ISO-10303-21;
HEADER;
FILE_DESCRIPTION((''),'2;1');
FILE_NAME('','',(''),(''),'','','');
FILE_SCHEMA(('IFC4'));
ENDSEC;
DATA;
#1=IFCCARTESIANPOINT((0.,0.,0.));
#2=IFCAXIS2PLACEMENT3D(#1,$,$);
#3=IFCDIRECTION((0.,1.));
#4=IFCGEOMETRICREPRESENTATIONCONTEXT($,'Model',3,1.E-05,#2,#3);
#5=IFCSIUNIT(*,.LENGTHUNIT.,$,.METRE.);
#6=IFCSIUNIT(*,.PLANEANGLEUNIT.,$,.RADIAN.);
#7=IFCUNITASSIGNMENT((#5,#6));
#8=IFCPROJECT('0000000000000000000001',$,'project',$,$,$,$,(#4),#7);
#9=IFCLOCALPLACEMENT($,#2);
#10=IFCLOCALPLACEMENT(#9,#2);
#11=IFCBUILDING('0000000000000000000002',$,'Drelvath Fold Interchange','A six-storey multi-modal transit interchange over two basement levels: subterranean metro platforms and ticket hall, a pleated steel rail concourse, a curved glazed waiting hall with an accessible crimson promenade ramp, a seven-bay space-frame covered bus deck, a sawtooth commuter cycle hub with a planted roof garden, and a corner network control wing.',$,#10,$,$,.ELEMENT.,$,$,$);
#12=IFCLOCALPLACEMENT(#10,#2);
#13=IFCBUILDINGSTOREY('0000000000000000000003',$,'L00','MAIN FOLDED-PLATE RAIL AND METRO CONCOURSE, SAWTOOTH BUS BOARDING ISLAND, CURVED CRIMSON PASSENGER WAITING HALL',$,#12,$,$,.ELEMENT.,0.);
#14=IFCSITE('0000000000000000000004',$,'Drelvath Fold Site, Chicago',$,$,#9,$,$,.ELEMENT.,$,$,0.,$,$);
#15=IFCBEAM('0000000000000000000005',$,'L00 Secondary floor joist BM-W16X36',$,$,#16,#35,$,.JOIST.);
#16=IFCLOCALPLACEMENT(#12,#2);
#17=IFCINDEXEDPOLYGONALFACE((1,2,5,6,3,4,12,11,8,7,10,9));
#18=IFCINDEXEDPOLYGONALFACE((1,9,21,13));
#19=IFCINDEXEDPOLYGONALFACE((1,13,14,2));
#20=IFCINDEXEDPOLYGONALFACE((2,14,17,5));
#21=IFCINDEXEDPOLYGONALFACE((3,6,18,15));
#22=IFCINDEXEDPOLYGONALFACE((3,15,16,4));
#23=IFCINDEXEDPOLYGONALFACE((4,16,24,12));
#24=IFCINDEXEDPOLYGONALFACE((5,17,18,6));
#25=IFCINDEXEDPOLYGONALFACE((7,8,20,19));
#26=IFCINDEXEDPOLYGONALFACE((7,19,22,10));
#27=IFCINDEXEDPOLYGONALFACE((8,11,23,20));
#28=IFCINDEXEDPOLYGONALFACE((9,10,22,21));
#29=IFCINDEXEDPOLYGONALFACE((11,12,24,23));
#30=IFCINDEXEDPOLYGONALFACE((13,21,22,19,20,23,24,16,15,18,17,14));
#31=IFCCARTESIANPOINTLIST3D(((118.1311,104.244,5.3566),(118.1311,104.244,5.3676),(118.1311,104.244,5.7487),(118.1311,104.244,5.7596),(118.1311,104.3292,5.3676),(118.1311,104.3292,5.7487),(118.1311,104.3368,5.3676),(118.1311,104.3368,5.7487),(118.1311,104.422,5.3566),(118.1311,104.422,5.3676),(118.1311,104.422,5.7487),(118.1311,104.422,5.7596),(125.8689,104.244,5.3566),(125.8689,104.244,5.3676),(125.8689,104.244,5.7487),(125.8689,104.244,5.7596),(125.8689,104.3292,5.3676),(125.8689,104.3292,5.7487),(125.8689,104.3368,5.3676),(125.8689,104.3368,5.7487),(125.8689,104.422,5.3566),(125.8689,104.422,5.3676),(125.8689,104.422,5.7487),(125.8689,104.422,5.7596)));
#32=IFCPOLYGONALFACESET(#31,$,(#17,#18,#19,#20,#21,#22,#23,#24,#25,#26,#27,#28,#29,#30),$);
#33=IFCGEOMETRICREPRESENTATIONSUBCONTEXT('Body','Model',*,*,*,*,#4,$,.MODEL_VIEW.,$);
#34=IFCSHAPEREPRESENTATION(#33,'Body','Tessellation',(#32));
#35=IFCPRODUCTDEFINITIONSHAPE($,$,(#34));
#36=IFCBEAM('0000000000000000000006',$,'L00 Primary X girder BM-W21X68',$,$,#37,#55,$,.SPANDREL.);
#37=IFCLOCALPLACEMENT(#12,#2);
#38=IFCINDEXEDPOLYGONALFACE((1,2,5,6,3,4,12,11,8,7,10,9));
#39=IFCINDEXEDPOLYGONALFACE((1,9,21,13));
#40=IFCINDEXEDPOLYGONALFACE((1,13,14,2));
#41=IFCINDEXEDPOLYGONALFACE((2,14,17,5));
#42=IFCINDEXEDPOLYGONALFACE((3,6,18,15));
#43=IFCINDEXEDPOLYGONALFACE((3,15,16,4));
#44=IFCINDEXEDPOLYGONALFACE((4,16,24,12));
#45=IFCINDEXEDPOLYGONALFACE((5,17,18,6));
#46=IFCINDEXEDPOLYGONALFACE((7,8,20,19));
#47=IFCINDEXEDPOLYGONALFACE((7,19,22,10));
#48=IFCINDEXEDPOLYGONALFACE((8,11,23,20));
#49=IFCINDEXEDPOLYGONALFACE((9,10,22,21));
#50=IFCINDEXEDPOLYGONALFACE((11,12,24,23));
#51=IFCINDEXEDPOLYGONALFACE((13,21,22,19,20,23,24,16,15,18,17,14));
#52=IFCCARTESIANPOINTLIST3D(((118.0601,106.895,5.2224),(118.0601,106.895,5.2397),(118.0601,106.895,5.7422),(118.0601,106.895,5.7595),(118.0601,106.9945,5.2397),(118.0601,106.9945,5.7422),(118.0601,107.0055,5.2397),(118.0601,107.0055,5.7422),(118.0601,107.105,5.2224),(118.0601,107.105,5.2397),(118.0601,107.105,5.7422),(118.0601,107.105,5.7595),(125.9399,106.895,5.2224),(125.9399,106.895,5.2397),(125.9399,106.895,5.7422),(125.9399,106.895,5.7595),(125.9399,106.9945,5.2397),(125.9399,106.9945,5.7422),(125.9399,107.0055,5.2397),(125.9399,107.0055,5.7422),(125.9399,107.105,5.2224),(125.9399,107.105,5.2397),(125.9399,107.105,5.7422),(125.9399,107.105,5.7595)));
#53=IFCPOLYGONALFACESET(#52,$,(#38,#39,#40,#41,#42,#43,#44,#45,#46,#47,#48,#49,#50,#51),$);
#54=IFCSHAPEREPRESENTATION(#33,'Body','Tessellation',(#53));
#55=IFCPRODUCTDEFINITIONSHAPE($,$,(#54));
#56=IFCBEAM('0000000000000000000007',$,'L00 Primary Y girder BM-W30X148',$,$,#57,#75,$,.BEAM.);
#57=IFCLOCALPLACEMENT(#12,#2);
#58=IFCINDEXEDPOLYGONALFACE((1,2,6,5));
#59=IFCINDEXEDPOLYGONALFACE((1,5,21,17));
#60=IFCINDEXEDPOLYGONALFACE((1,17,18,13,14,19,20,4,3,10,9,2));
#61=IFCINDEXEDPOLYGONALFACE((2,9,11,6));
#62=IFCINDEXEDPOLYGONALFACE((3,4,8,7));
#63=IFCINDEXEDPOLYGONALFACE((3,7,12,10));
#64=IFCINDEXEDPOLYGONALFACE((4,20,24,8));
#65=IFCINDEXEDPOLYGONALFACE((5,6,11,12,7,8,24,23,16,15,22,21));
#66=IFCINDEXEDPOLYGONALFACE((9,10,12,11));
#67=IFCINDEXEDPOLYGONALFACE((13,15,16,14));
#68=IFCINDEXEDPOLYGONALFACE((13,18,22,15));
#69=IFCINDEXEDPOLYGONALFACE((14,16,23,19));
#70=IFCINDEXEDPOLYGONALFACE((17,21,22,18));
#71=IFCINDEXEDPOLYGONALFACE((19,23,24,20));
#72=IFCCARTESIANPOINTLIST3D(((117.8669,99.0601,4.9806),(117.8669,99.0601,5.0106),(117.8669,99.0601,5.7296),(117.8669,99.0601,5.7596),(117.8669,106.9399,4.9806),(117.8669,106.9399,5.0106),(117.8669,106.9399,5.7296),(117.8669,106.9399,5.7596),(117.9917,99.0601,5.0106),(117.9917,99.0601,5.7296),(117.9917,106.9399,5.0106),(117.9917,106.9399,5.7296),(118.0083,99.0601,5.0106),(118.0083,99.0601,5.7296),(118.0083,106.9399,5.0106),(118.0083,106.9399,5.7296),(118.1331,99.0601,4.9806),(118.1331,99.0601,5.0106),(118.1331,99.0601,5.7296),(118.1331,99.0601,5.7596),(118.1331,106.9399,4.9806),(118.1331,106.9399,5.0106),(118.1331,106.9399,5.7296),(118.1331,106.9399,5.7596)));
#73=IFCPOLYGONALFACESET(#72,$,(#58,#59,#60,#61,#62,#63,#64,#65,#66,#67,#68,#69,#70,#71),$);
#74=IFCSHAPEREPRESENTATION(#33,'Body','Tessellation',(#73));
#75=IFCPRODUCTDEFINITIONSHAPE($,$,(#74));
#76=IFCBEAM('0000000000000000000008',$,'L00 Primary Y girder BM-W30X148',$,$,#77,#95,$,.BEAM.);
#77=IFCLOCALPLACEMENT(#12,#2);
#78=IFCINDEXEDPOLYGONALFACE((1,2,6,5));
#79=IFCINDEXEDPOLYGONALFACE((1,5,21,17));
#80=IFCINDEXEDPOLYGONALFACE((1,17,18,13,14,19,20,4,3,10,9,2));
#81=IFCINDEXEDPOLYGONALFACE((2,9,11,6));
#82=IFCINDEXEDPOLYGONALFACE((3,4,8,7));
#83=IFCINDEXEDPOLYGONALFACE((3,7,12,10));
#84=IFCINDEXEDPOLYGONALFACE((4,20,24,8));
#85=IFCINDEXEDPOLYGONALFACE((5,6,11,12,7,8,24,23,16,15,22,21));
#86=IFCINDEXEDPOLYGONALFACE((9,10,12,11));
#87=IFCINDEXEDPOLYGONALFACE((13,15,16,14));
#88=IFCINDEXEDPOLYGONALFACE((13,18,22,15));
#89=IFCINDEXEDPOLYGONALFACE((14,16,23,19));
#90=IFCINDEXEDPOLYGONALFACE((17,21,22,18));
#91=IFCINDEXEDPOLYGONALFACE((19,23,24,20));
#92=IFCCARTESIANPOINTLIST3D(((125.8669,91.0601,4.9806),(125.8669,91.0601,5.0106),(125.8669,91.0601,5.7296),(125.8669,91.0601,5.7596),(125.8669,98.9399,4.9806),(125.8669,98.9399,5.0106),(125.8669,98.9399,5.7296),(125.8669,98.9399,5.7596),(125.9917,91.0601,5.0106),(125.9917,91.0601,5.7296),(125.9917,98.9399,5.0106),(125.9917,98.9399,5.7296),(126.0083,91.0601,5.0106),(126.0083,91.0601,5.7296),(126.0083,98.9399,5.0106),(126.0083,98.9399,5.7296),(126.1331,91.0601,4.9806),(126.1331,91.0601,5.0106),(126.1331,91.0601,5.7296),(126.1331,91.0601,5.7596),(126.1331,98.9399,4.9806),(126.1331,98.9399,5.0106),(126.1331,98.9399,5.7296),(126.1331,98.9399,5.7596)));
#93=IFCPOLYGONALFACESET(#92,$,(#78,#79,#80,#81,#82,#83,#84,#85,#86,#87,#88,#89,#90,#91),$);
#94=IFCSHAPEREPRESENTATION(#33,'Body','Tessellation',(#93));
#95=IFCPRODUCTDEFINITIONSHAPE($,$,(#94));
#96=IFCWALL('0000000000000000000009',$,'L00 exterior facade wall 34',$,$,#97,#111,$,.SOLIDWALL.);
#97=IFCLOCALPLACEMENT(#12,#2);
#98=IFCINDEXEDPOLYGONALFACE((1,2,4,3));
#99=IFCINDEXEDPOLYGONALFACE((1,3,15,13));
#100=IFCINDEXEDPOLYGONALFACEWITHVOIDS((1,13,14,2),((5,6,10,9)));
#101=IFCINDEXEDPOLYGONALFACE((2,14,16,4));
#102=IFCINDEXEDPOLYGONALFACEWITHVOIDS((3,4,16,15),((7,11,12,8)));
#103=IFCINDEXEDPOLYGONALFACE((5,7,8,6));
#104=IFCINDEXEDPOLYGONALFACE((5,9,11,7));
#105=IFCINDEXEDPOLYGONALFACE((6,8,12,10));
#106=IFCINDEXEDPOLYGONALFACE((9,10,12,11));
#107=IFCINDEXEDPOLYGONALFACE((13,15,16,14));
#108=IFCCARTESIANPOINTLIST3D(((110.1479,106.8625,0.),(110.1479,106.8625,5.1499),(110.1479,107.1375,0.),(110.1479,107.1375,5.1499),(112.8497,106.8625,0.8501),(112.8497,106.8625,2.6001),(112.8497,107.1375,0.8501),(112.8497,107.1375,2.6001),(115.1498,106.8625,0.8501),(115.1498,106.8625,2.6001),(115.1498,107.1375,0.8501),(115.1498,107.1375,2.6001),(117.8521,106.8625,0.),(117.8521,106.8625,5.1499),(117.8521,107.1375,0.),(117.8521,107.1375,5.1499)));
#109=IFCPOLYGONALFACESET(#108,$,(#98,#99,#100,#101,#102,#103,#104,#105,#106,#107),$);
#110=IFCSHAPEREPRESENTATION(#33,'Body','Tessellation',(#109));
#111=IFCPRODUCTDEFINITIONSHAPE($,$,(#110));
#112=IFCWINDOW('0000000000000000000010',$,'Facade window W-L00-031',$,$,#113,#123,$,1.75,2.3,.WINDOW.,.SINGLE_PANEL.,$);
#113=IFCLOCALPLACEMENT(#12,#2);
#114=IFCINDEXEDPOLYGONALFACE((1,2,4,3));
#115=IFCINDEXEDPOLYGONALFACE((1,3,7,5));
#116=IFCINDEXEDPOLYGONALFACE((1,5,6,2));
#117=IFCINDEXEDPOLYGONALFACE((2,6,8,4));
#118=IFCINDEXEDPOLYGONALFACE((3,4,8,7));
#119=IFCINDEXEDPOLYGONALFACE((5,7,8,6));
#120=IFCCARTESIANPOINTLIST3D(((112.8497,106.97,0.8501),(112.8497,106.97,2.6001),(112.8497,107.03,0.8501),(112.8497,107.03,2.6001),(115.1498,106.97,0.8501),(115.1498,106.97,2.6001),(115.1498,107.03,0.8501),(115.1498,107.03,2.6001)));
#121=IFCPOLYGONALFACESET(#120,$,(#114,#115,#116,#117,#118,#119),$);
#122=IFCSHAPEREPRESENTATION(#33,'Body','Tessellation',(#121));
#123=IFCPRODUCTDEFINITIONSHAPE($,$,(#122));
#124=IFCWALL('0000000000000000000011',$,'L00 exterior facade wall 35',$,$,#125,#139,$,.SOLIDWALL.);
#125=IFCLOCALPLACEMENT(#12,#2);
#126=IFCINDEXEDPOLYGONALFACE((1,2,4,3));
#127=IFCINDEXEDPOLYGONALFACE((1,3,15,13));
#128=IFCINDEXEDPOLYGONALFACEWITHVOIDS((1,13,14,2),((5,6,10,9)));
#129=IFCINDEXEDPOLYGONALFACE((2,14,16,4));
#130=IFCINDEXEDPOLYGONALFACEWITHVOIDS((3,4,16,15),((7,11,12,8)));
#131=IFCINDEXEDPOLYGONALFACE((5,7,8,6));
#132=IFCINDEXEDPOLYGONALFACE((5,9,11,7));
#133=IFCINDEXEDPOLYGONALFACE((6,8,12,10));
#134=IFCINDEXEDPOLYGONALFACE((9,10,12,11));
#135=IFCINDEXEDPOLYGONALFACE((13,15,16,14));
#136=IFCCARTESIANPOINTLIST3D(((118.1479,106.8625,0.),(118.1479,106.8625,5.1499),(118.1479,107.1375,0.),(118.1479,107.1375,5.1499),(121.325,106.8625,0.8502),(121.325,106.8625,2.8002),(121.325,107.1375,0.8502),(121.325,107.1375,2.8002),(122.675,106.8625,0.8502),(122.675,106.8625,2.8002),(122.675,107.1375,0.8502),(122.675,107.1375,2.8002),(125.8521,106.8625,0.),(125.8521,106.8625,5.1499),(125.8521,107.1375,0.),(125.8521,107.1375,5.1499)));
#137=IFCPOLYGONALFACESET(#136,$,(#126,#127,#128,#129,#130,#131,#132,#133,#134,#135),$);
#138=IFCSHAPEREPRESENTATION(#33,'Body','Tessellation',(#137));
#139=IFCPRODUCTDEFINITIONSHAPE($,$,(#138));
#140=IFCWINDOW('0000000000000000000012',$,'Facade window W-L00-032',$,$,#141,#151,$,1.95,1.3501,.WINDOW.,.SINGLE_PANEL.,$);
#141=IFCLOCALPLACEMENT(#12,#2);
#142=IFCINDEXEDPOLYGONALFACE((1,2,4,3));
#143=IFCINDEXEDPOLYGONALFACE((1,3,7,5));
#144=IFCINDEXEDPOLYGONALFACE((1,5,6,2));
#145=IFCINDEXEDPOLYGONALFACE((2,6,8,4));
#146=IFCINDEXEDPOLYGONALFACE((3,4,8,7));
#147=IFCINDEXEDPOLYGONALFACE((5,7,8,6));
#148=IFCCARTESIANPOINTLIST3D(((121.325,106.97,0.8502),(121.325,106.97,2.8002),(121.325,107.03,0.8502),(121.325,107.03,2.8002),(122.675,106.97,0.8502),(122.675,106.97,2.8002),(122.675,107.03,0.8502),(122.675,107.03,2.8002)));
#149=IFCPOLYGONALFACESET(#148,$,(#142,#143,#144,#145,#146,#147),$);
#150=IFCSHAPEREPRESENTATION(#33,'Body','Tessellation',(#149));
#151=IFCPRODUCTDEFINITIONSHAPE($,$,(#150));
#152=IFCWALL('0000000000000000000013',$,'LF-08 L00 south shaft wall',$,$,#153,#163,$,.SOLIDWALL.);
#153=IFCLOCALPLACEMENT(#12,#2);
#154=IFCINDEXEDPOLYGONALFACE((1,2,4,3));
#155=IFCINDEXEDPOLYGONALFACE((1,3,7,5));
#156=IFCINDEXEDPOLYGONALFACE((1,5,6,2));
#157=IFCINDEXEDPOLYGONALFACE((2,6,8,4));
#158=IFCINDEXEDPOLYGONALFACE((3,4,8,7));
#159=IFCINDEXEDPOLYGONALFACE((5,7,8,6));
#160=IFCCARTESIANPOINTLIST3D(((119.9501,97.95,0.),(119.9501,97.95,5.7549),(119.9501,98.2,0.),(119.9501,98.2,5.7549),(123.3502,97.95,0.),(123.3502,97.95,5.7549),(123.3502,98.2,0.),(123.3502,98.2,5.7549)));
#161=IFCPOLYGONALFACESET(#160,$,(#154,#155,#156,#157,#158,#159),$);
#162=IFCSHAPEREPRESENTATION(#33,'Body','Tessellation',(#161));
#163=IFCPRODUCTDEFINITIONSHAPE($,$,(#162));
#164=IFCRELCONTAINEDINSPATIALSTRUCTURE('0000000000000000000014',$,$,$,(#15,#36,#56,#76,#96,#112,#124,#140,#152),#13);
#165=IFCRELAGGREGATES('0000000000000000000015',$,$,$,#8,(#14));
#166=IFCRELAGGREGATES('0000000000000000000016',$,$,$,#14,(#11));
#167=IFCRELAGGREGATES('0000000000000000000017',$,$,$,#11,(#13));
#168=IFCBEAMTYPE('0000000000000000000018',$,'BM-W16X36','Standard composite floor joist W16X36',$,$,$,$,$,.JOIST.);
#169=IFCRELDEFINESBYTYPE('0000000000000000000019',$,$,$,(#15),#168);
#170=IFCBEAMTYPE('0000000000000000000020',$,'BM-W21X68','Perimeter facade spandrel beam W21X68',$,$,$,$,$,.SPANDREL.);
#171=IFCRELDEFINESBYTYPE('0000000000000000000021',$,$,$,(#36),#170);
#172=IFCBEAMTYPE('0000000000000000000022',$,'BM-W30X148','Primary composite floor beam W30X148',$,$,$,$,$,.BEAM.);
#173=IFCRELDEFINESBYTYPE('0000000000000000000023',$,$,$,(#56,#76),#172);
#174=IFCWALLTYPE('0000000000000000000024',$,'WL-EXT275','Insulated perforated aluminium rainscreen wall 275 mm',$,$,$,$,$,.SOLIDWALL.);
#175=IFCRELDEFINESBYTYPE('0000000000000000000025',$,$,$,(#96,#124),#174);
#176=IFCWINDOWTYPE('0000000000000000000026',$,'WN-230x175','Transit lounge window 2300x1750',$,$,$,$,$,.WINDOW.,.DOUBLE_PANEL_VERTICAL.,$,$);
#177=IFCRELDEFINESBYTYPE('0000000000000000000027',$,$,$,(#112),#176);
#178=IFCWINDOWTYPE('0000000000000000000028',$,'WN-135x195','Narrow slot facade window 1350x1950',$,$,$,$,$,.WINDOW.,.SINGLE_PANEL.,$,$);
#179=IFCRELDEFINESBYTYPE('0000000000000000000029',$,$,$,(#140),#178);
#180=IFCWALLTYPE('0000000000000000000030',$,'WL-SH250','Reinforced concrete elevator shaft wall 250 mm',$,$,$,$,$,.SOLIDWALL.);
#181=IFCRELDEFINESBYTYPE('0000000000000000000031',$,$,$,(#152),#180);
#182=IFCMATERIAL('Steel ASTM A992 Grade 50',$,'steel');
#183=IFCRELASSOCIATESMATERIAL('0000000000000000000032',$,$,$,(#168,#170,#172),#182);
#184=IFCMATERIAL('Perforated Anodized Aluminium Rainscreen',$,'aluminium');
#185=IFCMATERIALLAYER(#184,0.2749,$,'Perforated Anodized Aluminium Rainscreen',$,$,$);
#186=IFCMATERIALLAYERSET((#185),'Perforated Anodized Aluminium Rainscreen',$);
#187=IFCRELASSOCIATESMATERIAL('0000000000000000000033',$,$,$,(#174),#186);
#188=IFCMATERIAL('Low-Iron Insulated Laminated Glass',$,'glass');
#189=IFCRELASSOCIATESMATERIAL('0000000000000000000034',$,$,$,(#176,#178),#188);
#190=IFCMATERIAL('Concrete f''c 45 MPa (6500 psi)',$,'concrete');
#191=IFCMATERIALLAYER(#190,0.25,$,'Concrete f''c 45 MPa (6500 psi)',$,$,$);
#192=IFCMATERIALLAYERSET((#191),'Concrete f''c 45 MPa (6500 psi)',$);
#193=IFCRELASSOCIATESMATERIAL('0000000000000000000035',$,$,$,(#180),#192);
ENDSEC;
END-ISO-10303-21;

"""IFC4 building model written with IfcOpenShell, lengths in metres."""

from ifc_helpers import new_model, si_unit, direction, frame, frame_2d, origin, origin_2d, place, context, subcontext, project, spatial, rectangle, i_section, extrude, material, layer, layer_set, material_profile, profile_set, type_object, element, fill, save


model = new_model("IFC4")

# Units and contexts
model_context = context("Model", 3, precision=1e-05, world=origin(), true_north=direction((0.0, 1.0)))
body_context = subcontext(model_context, "Body", "Model", "MODEL_VIEW")
ifc_project = project(units=[si_unit("LENGTHUNIT", "METRE"), si_unit("PLANEANGLEUNIT", "RADIAN")], contexts=[model_context])

# Site, building, storey
site_placement = place(None, origin())
site = spatial("IfcSite", under=ifc_project, at=site_placement, Name="Drelvath Fold Site, Chicago", CompositionType="ELEMENT", RefElevation=0.0)
building_placement = place(site_placement, origin())
building = spatial("IfcBuilding", under=site, at=building_placement, Name="Drelvath Fold Interchange", Description="A six-storey multi-modal transit interchange over two basement levels: subterranean metro platforms and ticket hall, a pleated steel rail concourse, a curved glazed waiting hall with an accessible crimson promenade ramp, a seven-bay space-frame covered bus deck, a sawtooth commuter cycle hub with a planted roof garden, and a corner network control wing.", CompositionType="ELEMENT")
storey_placement = place(building_placement, origin())
storey = spatial("IfcBuildingStorey", under=building, at=storey_placement, Name="L00", Description="MAIN FOLDED-PLATE RAIL AND METRO CONCOURSE, SAWTOOTH BUS BOARDING ISLAND, CURVED CRIMSON PASSENGER WAITING HALL", CompositionType="ELEMENT", Elevation=0.0)

# Shared definitions
ifc_material_1 = material(Name="Concrete f'c 45 MPa (6500 psi)", Category="concrete")

# Beams
ifc_material_2 = material(Name="Steel ASTM A992 Grade 50", Category="steel")
ifc_material_profile_1 = material_profile(ifc_material_2, i_section(OverallWidth=0.178, OverallDepth=0.4031, WebThickness=0.0076, FlangeThickness=0.011, at=origin_2d()), Name="W16X36")
ifc_profile_set_1 = profile_set([ifc_material_profile_1], Name="Steel ASTM A992 Grade 50")
beam_type_1 = type_object("IfcBeamType", Name="BM-W16X36", Description="Standard composite floor joist W16X36", PredefinedType="JOIST", material=ifc_profile_set_1)
for number, where, z_axis, x_axis, name in (
    (1, (118.1311, 104.333, 5.5581), (1.0, 0.0, 0.0), (0.0, 1.0, 0.0), "L00 Secondary floor joist BM-W16X36"),
):
    element("IfcBeam", number, at=place(storey_placement, frame(where, z_axis=z_axis, x_axis=x_axis)), inside=storey, type_object=beam_type_1, Name=name, PredefinedType="JOIST", context=body_context, shape_type="SweptSolid", body=[
        extrude(i_section(OverallWidth=0.178, OverallDepth=0.4031, WebThickness=0.0076, FlangeThickness=0.011, at=origin_2d()), origin(), (0.0, 0.0, 1.0), 7.7378),
    ])
ifc_material_profile_2 = material_profile(ifc_material_2, i_section(OverallWidth=0.21, OverallDepth=0.5371, WebThickness=0.011, FlangeThickness=0.0173, at=origin_2d()), Name="W21X68")
ifc_profile_set_2 = profile_set([ifc_material_profile_2], Name="Steel ASTM A992 Grade 50")
beam_type_2 = type_object("IfcBeamType", Name="BM-W21X68", Description="Perimeter facade spandrel beam W21X68", PredefinedType="SPANDREL", material=ifc_profile_set_2)
beam_placement = place(storey_placement, frame((118.0601, 107.0, 5.491), z_axis=(1.0, 0.0, 0.0), x_axis=(0.0, 1.0, 0.0)))
element("IfcBeam", 2, at=beam_placement, inside=storey, type_object=beam_type_2, Name="L00 Primary X girder BM-W21X68", PredefinedType="SPANDREL", context=body_context, shape_type="SweptSolid", body=[
    extrude(i_section(OverallWidth=0.21, OverallDepth=0.5371, WebThickness=0.011, FlangeThickness=0.0173, at=origin_2d()), origin(), (0.0, 0.0, 1.0), 7.8799),
])
ifc_material_profile_3 = material_profile(ifc_material_2, i_section(OverallWidth=0.2661, OverallDepth=0.7791, WebThickness=0.0166, FlangeThickness=0.03, at=origin_2d()), Name="W30X148")
ifc_profile_set_3 = profile_set([ifc_material_profile_3], Name="Steel ASTM A992 Grade 50")
beam_type_3 = type_object("IfcBeamType", Name="BM-W30X148", Description="Primary composite floor beam W30X148", PredefinedType="BEAM", material=ifc_profile_set_3)
for number, where, z_axis, x_axis, name in (
    (3, (118.0, 99.0601, 5.3701), (0.0, 1.0, 0.0), (-1.0, 0.0, 0.0), "L00 Primary Y girder BM-W30X148"),
    (4, (126.0, 91.0601, 5.3701), (0.0, 1.0, 0.0), (-1.0, 0.0, 0.0), "L00 Primary Y girder BM-W30X148"),
):
    element("IfcBeam", number, at=place(storey_placement, frame(where, z_axis=z_axis, x_axis=x_axis)), inside=storey, type_object=beam_type_3, Name=name, PredefinedType="BEAM", context=body_context, shape_type="SweptSolid", body=[
        extrude(i_section(OverallWidth=0.2661, OverallDepth=0.7791, WebThickness=0.0166, FlangeThickness=0.03, at=origin_2d()), origin(), (0.0, 0.0, 1.0), 7.8799),
    ])

# Walls, openings, windows
ifc_material_3 = material(Name="Perforated Anodized Aluminium Rainscreen", Category="aluminium")
ifc_layer_1 = layer(ifc_material_3, 0.2749, Name="Perforated Anodized Aluminium Rainscreen")
ifc_layer_set_1 = layer_set([ifc_layer_1], Name="Perforated Anodized Aluminium Rainscreen")
wall_type_1 = type_object("IfcWallType", Name="WL-EXT275", Description="Insulated perforated aluminium rainscreen wall 275 mm", PredefinedType="SOLIDWALL", material=ifc_layer_set_1)
wall_1_placement = place(storey_placement, frame((110.1479, 107.0, 0.0), z_axis=(0.0, 0.0, 1.0), x_axis=(1.0, 0.0, 0.0)))
wall_1 = element("IfcWall", 5, at=wall_1_placement, inside=storey, type_object=wall_type_1, Name="L00 exterior facade wall 34", PredefinedType="SOLIDWALL", context=body_context, shape_type="SweptSolid", body=[
    extrude(rectangle(XDim=7.7041, YDim=0.2749, at=frame_2d((3.8521, 0.0))), origin(), (0.0, 0.0, 1.0), 5.1499),
])
opening_1_placement = place(wall_1_placement, frame((2.7019, 0.0, 0.8501)))
opening_1 = element("IfcOpeningElement", 6, at=opening_1_placement, cuts=wall_1, PredefinedType="OPENING", context=body_context, shape_type="SweptSolid", body=[
    extrude(rectangle(XDim=2.3, YDim=1.75, at=frame_2d((1.1499, 0.875))), frame((0.0, 0.1475, 0.0), z_axis=(0.0, -1.0, 0.0), x_axis=(1.0, 0.0, 0.0)), (0.0, 0.0, 1.0), 0.2949),
])
ifc_material_4 = material(Name="Low-Iron Insulated Laminated Glass", Category="glass")
window_type_1 = type_object("IfcWindowType", Name="WN-230x175", Description="Transit lounge window 2300x1750", PartitioningType="DOUBLE_PANEL_VERTICAL", PredefinedType="WINDOW", material=ifc_material_4)
window_1_placement = place(opening_1_placement, origin())
window_1 = element("IfcWindow", 7, at=window_1_placement, inside=storey, type_object=window_type_1, Name="Facade window W-L00-031", OverallHeight=1.75, OverallWidth=2.3, PartitioningType="SINGLE_PANEL", PredefinedType="WINDOW", context=body_context, shape_type="SweptSolid", body=[
    extrude(rectangle(XDim=2.3, YDim=1.75, at=frame_2d((1.1499, 0.875))), frame((0.0, 0.03, 0.0), z_axis=(0.0, -1.0, 0.0), x_axis=(1.0, 0.0, 0.0)), (0.0, 0.0, 1.0), 0.0601),
])
fill(opening_1, window_1)
wall_2_placement = place(storey_placement, frame((118.1479, 107.0, 0.0), z_axis=(0.0, 0.0, 1.0), x_axis=(1.0, 0.0, 0.0)))
wall_2 = element("IfcWall", 8, at=wall_2_placement, inside=storey, type_object=wall_type_1, Name="L00 exterior facade wall 35", PredefinedType="SOLIDWALL", context=body_context, shape_type="SweptSolid", body=[
    extrude(rectangle(XDim=7.7041, YDim=0.2749, at=frame_2d((3.8521, 0.0))), origin(), (0.0, 0.0, 1.0), 5.1499),
])
opening_2_placement = place(wall_2_placement, frame((3.177, 0.0, 0.8501)))
opening_2 = element("IfcOpeningElement", 9, at=opening_2_placement, cuts=wall_2, PredefinedType="OPENING", context=body_context, shape_type="SweptSolid", body=[
    extrude(rectangle(XDim=1.3501, YDim=1.95, at=frame_2d((0.675, 0.9751))), frame((0.0, 0.1475, 0.0), z_axis=(0.0, -1.0, 0.0), x_axis=(1.0, 0.0, 0.0)), (0.0, 0.0, 1.0), 0.2949),
])
window_type_2 = type_object("IfcWindowType", Name="WN-135x195", Description="Narrow slot facade window 1350x1950", PartitioningType="SINGLE_PANEL", PredefinedType="WINDOW", material=ifc_material_4)
window_2_placement = place(opening_2_placement, origin())
window_2 = element("IfcWindow", 10, at=window_2_placement, inside=storey, type_object=window_type_2, Name="Facade window W-L00-032", OverallHeight=1.95, OverallWidth=1.3501, PartitioningType="SINGLE_PANEL", PredefinedType="WINDOW", context=body_context, shape_type="SweptSolid", body=[
    extrude(rectangle(XDim=1.3501, YDim=1.95, at=frame_2d((0.675, 0.9751))), frame((0.0, 0.03, 0.0), z_axis=(0.0, -1.0, 0.0), x_axis=(1.0, 0.0, 0.0)), (0.0, 0.0, 1.0), 0.0601),
])
fill(opening_2, window_2)

# Wall
ifc_layer_2 = layer(ifc_material_1, 0.25, Name="Concrete f'c 45 MPa (6500 psi)")
ifc_layer_set_2 = layer_set([ifc_layer_2], Name="Concrete f'c 45 MPa (6500 psi)")
wall_type_2 = type_object("IfcWallType", Name="WL-SH250", Description="Reinforced concrete elevator shaft wall 250 mm", PredefinedType="SOLIDWALL", material=ifc_layer_set_2)
wall_3_placement = place(storey_placement, frame((119.95, 98.075, 0.0), z_axis=(0.0, 0.0, 1.0), x_axis=(1.0, 0.0, 0.0)))
element("IfcWall", 11, at=wall_3_placement, inside=storey, type_object=wall_type_2, Name="LF-08 L00 south shaft wall", PredefinedType="SOLIDWALL", context=body_context, shape_type="SweptSolid", body=[
    extrude(rectangle(XDim=3.4001, YDim=0.25, at=frame_2d((1.7002, 0.0))), origin(), (0.0, 0.0, 1.0), 5.7549),
])

save(model, "model.ifc")
